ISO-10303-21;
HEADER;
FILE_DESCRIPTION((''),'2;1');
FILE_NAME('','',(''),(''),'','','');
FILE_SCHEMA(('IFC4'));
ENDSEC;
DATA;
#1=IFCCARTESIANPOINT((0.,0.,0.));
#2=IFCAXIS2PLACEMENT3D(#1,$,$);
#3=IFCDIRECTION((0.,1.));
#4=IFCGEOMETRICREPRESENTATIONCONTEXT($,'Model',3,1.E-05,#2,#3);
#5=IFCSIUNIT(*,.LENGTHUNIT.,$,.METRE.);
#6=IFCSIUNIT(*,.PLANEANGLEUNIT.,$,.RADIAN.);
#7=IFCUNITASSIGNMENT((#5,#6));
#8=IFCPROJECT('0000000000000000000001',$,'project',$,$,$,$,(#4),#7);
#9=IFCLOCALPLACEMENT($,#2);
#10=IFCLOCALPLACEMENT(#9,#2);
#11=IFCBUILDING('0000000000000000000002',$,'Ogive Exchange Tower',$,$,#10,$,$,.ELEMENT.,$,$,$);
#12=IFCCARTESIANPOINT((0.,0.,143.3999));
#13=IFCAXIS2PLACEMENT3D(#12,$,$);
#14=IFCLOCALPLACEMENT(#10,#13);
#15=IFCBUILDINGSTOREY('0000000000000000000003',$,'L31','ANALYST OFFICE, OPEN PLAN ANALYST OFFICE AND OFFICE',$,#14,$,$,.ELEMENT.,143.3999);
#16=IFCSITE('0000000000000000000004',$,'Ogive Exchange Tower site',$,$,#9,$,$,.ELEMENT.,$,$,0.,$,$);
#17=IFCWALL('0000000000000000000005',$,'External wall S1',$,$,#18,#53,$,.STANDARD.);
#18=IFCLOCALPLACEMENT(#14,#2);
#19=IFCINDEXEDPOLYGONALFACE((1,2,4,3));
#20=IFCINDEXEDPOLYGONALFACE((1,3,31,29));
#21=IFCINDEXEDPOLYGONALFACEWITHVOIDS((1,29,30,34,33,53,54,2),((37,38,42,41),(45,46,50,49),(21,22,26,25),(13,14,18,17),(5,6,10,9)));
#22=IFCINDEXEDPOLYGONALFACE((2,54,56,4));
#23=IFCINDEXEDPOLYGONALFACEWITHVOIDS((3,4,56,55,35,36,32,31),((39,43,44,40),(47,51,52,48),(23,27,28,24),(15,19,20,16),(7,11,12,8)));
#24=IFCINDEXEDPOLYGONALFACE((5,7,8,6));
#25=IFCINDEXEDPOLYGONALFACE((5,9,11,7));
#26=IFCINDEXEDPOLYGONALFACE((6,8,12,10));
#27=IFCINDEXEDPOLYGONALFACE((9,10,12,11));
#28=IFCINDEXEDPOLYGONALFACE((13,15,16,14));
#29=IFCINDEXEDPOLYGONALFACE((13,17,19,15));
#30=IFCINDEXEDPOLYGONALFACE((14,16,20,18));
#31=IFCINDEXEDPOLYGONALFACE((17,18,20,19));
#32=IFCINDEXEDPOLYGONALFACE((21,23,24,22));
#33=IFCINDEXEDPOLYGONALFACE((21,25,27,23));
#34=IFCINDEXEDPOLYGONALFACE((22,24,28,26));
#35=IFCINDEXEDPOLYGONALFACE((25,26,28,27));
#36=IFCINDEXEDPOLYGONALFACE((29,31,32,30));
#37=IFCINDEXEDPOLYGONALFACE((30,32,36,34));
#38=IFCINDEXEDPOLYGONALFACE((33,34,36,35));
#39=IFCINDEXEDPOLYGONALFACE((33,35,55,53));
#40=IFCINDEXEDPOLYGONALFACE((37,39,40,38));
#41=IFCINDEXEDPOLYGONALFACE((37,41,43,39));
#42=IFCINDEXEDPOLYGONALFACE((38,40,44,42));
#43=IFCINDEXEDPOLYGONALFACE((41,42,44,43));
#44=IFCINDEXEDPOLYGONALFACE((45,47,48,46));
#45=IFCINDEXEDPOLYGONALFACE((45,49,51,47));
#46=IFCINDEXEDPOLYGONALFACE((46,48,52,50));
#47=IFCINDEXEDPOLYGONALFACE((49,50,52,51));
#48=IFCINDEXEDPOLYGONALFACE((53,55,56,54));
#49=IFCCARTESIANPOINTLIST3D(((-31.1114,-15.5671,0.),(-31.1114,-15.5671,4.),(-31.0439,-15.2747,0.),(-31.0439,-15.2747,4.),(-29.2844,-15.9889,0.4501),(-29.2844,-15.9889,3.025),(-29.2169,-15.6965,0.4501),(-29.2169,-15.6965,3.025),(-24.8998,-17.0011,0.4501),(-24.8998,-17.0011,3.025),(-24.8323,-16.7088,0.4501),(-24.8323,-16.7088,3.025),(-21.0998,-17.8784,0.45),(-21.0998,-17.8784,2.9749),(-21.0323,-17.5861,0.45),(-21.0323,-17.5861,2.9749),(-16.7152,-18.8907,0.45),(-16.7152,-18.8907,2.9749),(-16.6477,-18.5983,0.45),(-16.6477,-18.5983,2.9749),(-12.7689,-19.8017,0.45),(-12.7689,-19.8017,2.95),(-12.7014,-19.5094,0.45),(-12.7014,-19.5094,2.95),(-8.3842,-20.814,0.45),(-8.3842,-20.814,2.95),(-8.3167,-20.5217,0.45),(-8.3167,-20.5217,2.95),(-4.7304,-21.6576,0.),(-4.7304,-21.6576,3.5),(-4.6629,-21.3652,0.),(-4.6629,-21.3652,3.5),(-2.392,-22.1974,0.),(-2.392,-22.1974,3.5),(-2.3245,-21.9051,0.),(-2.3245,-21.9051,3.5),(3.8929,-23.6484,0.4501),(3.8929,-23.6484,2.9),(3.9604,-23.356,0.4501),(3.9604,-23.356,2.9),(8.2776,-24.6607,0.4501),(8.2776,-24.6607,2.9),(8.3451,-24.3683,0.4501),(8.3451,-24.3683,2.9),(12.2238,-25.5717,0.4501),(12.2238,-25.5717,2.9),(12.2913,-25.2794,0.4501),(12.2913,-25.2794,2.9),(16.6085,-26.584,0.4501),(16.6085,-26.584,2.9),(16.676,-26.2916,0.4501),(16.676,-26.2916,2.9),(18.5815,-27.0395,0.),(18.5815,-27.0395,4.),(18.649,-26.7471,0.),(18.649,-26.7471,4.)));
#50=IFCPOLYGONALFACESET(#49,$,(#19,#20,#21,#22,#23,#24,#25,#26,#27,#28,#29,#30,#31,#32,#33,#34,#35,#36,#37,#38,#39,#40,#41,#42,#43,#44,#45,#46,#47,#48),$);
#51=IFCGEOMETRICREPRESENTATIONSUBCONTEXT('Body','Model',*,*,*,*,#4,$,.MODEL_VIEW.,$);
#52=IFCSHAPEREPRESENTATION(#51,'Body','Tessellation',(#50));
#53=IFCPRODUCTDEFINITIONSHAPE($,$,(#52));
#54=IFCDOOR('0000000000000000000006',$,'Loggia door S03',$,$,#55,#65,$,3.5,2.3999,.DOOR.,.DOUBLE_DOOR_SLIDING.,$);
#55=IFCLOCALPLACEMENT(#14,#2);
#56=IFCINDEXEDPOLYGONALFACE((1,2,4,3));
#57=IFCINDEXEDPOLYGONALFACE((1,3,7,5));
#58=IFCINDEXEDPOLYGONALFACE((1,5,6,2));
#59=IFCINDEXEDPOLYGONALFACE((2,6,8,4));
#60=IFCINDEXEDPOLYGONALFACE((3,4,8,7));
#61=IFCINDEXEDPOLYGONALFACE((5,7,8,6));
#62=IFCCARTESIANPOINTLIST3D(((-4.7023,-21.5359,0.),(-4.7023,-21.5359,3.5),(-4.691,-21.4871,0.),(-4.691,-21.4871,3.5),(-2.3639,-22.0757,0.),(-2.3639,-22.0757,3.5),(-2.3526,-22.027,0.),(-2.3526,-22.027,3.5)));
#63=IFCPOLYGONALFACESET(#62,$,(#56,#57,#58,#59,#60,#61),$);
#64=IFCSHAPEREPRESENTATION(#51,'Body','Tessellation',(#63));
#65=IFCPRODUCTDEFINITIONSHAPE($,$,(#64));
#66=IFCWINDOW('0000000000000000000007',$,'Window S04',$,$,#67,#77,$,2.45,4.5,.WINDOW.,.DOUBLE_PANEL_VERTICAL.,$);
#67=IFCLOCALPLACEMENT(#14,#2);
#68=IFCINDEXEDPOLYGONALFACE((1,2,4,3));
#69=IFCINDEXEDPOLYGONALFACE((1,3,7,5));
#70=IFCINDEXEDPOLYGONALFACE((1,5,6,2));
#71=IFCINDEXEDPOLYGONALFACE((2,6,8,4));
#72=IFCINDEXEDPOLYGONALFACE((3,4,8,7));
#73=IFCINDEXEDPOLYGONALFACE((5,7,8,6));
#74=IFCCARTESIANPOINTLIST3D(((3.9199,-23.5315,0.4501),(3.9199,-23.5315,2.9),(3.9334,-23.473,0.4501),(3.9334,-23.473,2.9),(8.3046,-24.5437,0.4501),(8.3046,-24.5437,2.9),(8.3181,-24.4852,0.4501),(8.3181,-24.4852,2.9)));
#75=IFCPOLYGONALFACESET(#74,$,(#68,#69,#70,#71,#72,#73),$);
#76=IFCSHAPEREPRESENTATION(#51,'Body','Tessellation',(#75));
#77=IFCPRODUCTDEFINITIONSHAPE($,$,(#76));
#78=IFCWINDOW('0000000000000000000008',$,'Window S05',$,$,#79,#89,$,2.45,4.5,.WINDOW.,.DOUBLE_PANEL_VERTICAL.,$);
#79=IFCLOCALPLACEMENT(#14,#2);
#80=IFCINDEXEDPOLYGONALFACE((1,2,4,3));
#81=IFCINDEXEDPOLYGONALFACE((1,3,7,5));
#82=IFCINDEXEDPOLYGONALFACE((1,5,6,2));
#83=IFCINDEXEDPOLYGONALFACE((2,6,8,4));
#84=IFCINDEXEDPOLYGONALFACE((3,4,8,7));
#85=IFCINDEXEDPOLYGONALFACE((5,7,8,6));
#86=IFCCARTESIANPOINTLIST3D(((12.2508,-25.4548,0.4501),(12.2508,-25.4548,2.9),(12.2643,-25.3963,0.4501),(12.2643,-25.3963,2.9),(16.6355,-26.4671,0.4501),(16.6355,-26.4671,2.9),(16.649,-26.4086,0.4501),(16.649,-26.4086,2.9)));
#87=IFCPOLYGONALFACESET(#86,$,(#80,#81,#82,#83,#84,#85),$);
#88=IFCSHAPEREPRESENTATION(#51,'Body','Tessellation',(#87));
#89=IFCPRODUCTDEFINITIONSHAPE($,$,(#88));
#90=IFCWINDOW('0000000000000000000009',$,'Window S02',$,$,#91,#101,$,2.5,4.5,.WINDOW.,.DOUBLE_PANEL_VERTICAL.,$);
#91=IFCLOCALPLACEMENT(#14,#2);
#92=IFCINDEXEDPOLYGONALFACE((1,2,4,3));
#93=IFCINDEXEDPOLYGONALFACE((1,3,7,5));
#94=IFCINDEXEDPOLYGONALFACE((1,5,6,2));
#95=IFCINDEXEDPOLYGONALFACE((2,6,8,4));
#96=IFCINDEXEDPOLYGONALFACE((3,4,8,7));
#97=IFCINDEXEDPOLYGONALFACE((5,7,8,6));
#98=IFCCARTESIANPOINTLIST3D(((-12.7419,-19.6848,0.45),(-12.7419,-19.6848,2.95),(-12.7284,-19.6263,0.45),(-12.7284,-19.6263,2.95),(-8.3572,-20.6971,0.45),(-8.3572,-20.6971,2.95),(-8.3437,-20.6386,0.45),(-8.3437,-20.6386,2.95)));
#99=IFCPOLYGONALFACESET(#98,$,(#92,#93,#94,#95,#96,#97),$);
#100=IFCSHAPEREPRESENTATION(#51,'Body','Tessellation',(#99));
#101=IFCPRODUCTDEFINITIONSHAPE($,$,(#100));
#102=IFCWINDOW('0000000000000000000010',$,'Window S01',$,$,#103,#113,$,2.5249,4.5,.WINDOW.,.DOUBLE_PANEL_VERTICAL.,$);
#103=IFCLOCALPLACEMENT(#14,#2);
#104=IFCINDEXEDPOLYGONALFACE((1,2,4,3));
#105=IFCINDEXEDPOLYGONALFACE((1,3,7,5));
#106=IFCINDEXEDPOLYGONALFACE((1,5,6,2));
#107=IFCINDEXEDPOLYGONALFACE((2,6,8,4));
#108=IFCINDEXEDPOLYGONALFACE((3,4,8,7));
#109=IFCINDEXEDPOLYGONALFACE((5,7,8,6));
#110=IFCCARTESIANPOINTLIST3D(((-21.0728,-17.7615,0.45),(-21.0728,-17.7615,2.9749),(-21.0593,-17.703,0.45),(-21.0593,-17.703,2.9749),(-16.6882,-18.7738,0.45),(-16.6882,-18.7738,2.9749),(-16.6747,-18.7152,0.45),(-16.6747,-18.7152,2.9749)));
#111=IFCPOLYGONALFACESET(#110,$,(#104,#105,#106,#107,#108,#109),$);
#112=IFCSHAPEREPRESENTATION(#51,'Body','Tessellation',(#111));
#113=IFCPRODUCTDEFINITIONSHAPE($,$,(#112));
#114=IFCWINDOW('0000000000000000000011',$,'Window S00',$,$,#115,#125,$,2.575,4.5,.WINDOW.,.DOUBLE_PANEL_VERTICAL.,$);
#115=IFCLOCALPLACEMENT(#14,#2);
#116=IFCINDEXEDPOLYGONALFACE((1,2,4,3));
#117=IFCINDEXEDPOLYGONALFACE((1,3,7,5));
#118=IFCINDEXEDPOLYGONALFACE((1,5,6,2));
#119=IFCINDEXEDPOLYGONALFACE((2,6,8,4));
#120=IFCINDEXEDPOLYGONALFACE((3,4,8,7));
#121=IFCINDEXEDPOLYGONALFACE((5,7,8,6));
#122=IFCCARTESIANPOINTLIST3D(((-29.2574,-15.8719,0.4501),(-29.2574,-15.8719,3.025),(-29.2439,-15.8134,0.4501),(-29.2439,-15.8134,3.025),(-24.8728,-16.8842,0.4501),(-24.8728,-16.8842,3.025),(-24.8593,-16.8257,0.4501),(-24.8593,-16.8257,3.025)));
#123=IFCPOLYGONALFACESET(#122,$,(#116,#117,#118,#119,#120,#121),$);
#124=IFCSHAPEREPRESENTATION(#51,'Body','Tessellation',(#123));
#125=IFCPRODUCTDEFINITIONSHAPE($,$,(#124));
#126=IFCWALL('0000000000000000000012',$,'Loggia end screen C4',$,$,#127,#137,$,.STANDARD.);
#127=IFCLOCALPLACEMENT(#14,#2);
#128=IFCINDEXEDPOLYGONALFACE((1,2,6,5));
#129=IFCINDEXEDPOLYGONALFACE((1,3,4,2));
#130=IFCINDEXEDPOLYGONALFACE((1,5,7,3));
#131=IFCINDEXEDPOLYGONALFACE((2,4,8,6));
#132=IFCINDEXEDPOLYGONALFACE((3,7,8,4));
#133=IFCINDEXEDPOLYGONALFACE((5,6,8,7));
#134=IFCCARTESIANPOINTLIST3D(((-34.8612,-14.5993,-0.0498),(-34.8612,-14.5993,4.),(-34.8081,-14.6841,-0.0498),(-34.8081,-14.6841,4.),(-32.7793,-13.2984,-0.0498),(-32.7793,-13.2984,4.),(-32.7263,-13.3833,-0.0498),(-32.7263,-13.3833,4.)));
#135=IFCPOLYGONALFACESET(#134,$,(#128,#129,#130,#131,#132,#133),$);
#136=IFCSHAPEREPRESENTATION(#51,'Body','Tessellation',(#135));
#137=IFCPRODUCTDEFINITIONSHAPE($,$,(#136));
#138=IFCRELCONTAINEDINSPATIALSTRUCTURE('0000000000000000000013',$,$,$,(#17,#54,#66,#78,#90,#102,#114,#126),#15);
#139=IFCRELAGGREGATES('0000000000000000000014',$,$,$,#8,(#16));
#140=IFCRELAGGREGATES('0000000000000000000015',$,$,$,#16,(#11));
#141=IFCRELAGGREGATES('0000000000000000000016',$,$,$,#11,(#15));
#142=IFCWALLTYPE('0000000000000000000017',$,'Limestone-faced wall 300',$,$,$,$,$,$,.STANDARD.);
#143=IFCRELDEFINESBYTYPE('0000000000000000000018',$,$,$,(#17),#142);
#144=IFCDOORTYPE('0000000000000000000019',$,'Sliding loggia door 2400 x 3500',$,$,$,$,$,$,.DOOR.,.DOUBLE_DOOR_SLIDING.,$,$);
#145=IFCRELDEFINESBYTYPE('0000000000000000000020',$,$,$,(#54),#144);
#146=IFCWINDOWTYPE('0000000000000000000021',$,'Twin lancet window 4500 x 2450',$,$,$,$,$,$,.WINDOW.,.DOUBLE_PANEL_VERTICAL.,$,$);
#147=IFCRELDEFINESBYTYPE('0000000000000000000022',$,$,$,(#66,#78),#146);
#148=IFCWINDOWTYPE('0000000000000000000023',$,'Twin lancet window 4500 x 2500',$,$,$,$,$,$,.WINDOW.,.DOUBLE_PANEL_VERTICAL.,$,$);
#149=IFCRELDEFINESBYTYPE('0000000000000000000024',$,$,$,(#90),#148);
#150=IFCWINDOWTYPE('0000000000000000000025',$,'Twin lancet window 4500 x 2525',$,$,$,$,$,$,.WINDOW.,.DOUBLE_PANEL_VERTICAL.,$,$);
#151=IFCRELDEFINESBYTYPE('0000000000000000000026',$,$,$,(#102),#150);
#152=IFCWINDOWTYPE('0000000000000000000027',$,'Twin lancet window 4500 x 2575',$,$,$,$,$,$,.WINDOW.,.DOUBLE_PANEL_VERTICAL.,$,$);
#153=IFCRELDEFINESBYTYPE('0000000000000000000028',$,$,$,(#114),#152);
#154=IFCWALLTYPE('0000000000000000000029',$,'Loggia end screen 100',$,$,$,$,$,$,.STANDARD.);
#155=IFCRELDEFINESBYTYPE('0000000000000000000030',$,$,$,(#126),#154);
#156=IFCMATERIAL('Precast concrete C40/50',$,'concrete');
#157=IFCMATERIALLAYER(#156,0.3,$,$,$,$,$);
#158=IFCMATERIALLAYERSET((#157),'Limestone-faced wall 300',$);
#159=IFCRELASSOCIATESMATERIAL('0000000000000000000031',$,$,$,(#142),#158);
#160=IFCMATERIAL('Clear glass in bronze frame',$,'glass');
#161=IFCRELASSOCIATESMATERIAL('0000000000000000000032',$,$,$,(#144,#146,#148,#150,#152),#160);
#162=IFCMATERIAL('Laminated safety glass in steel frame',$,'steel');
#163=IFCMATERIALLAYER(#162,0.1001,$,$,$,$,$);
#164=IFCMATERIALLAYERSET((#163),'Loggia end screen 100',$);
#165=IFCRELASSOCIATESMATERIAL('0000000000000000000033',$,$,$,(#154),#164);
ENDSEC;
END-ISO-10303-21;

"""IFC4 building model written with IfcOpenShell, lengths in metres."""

from ifc_helpers import new_model, si_unit, direction, frame, frame_2d, origin, place, context, subcontext, project, spatial, rectangle, extrude, material, layer, layer_set, type_object, element, fill, save


model = new_model("IFC4")

# Units and contexts
model_context = context("Model", 3, precision=1e-05, world=origin(), true_north=direction((0.0, 1.0)))
body_context = subcontext(model_context, "Body", "Model", "MODEL_VIEW")
ifc_project = project(units=[si_unit("LENGTHUNIT", "METRE"), si_unit("PLANEANGLEUNIT", "RADIAN")], contexts=[model_context])

# Site, building, storey
site_placement = place(None, origin())
site = spatial("IfcSite", under=ifc_project, at=site_placement, Name="Ogive Exchange Tower site", CompositionType="ELEMENT", RefElevation=0.0)
building_placement = place(site_placement, origin())
building = spatial("IfcBuilding", under=site, at=building_placement, Name="Ogive Exchange Tower", CompositionType="ELEMENT")
storey_placement = place(building_placement, frame((0.0, 0.0, 143.3999)))
storey = spatial("IfcBuildingStorey", under=building, at=storey_placement, Name="L31", Description="ANALYST OFFICE, OPEN PLAN ANALYST OFFICE AND OFFICE", CompositionType="ELEMENT", Elevation=143.3999)

# Wall, openings, door, windows
ifc_material_1 = material(Name="Precast concrete C40/50", Category="concrete")
ifc_layer_1 = layer(ifc_material_1, 0.3)
ifc_layer_set_1 = layer_set([ifc_layer_1], Name="Limestone-faced wall 300")
wall_type_1 = type_object("IfcWallType", Name="Limestone-faced wall 300", PredefinedType="STANDARD", material=ifc_layer_set_1)
wall_1_placement = place(storey_placement, frame((-31.0776, -15.4209, 0.0), z_axis=(0.0, 0.0, 1.0), x_axis=(0.97437, -0.224949, 0.0)))
wall_1 = element("IfcWall", 1, at=wall_1_placement, inside=storey, type_object=wall_type_1, Name="External wall S1", PredefinedType="STANDARD", context=body_context, shape_type="SweptSolid", body=[
    extrude(rectangle(XDim=51.0, YDim=0.3, at=frame_2d((25.5, 0.0))), origin(), (0.0, 0.0, 1.0), 4.0),
])
opening_1_placement = place(wall_1_placement, frame((1.875, 0.0, 0.45)))
opening_1 = element("IfcOpeningElement", 2, at=opening_1_placement, cuts=wall_1, PredefinedType="OPENING", context=body_context, shape_type="SweptSolid", body=[
    extrude(rectangle(XDim=4.5, YDim=2.575, at=frame_2d((2.25, 1.2876))), frame((0.0, 0.1599, 0.0), z_axis=(0.0, -1.0, 0.0), x_axis=(1.0, 0.0, 0.0)), (0.0, 0.0, 1.0), 0.3201),
])
opening_2_placement = place(wall_1_placement, frame((10.2749, 0.0, 0.45)))
opening_2 = element("IfcOpeningElement", 3, at=opening_2_placement, cuts=wall_1, PredefinedType="OPENING", context=body_context, shape_type="SweptSolid", body=[
    extrude(rectangle(XDim=4.5, YDim=2.5249, at=frame_2d((2.25, 1.2625))), frame((0.0, 0.1599, 0.0), z_axis=(0.0, -1.0, 0.0), x_axis=(1.0, 0.0, 0.0)), (0.0, 0.0, 1.0), 0.3201),
])
opening_3_placement = place(wall_1_placement, frame((18.825, 0.0, 0.45)))
opening_3 = element("IfcOpeningElement", 4, at=opening_3_placement, cuts=wall_1, PredefinedType="OPENING", context=body_context, shape_type="SweptSolid", body=[
    extrude(rectangle(XDim=4.5, YDim=2.5, at=frame_2d((2.25, 1.25))), frame((0.0, 0.1599, 0.0), z_axis=(0.0, -1.0, 0.0), x_axis=(1.0, 0.0, 0.0)), (0.0, 0.0, 1.0), 0.3201),
])
opening_4_placement = place(wall_1_placement, frame((27.075, 0.0, 0.0)))
opening_4 = element("IfcOpeningElement", 5, at=opening_4_placement, cuts=wall_1, PredefinedType="OPENING", context=body_context, shape_type="SweptSolid", body=[
    extrude(rectangle(XDim=2.3999, YDim=3.5, at=frame_2d((1.2, 1.75))), frame((0.0, 0.1599, 0.0), z_axis=(0.0, -1.0, 0.0), x_axis=(1.0, 0.0, 0.0)), (0.0, 0.0, 1.0), 0.3201),
])
opening_5_placement = place(wall_1_placement, frame((35.925, 0.0, 0.45)))
opening_5 = element("IfcOpeningElement", 6, at=opening_5_placement, cuts=wall_1, PredefinedType="OPENING", context=body_context, shape_type="SweptSolid", body=[
    extrude(rectangle(XDim=4.5, YDim=2.45, at=frame_2d((2.25, 1.2251))), frame((0.0, 0.1599, 0.0), z_axis=(0.0, -1.0, 0.0), x_axis=(1.0, 0.0, 0.0)), (0.0, 0.0, 1.0), 0.3201),
])
opening_6_placement = place(wall_1_placement, frame((44.4751, 0.0, 0.45)))
opening_6 = element("IfcOpeningElement", 7, at=opening_6_placement, cuts=wall_1, PredefinedType="OPENING", context=body_context, shape_type="SweptSolid", body=[
    extrude(rectangle(XDim=4.5, YDim=2.45, at=frame_2d((2.25, 1.2251))), frame((0.0, 0.1599, 0.0), z_axis=(0.0, -1.0, 0.0), x_axis=(1.0, 0.0, 0.0)), (0.0, 0.0, 1.0), 0.3201),
])
ifc_material_2 = material(Name="Clear glass in bronze frame", Category="glass")
door_type_1 = type_object("IfcDoorType", Name="Sliding loggia door 2400 x 3500", OperationType="DOUBLE_DOOR_SLIDING", PredefinedType="DOOR", material=ifc_material_2)
door_1_placement = place(opening_4_placement, origin())
door_1 = element("IfcDoor", 8, at=door_1_placement, inside=storey, type_object=door_type_1, Name="Loggia door S03", OperationType="DOUBLE_DOOR_SLIDING", OverallHeight=3.5, OverallWidth=2.3999, PredefinedType="DOOR", context=body_context, shape_type="SweptSolid", body=[
    extrude(rectangle(XDim=2.3999, YDim=3.5, at=frame_2d((1.2, 1.75))), frame((0.0, 0.0249, 0.0), z_axis=(0.0, -1.0, 0.0), x_axis=(1.0, 0.0, 0.0)), (0.0, 0.0, 1.0), 0.05),
])
fill(opening_4, door_1)
window_type_1 = type_object("IfcWindowType", Name="Twin lancet window 4500 x 2450", PartitioningType="DOUBLE_PANEL_VERTICAL", PredefinedType="WINDOW", material=ifc_material_2)
window_1_placement = place(opening_5_placement, origin())
window_1 = element("IfcWindow", 9, at=window_1_placement, inside=storey, type_object=window_type_1, Name="Window S04", OverallHeight=2.45, OverallWidth=4.5, PartitioningType="DOUBLE_PANEL_VERTICAL", PredefinedType="WINDOW", context=body_context, shape_type="SweptSolid", body=[
    extrude(rectangle(XDim=4.5, YDim=2.45, at=frame_2d((2.25, 1.2251))), frame((0.0, 0.03, 0.0), z_axis=(0.0, -1.0, 0.0), x_axis=(1.0, 0.0, 0.0)), (0.0, 0.0, 1.0), 0.0601),
])
fill(opening_5, window_1)
window_2_placement = place(opening_6_placement, origin())
window_2 = element("IfcWindow", 10, at=window_2_placement, inside=storey, type_object=window_type_1, Name="Window S05", OverallHeight=2.45, OverallWidth=4.5, PartitioningType="DOUBLE_PANEL_VERTICAL", PredefinedType="WINDOW", context=body_context, shape_type="SweptSolid", body=[
    extrude(rectangle(XDim=4.5, YDim=2.45, at=frame_2d((2.25, 1.2251))), frame((0.0, 0.03, 0.0), z_axis=(0.0, -1.0, 0.0), x_axis=(1.0, 0.0, 0.0)), (0.0, 0.0, 1.0), 0.0601),
])
fill(opening_6, window_2)
window_type_2 = type_object("IfcWindowType", Name="Twin lancet window 4500 x 2500", PartitioningType="DOUBLE_PANEL_VERTICAL", PredefinedType="WINDOW", material=ifc_material_2)
window_3_placement = place(opening_3_placement, origin())
window_3 = element("IfcWindow", 11, at=window_3_placement, inside=storey, type_object=window_type_2, Name="Window S02", OverallHeight=2.5, OverallWidth=4.5, PartitioningType="DOUBLE_PANEL_VERTICAL", PredefinedType="WINDOW", context=body_context, shape_type="SweptSolid", body=[
    extrude(rectangle(XDim=4.5, YDim=2.5, at=frame_2d((2.25, 1.25))), frame((0.0, 0.03, 0.0), z_axis=(0.0, -1.0, 0.0), x_axis=(1.0, 0.0, 0.0)), (0.0, 0.0, 1.0), 0.0601),
])
fill(opening_3, window_3)
window_type_3 = type_object("IfcWindowType", Name="Twin lancet window 4500 x 2525", PartitioningType="DOUBLE_PANEL_VERTICAL", PredefinedType="WINDOW", material=ifc_material_2)
window_4_placement = place(opening_2_placement, origin())
window_4 = element("IfcWindow", 12, at=window_4_placement, inside=storey, type_object=window_type_3, Name="Window S01", OverallHeight=2.5249, OverallWidth=4.5, PartitioningType="DOUBLE_PANEL_VERTICAL", PredefinedType="WINDOW", context=body_context, shape_type="SweptSolid", body=[
    extrude(rectangle(XDim=4.5, YDim=2.5249, at=frame_2d((2.25, 1.2625))), frame((0.0, 0.03, 0.0), z_axis=(0.0, -1.0, 0.0), x_axis=(1.0, 0.0, 0.0)), (0.0, 0.0, 1.0), 0.0601),
])
fill(opening_2, window_4)
window_type_4 = type_object("IfcWindowType", Name="Twin lancet window 4500 x 2575", PartitioningType="DOUBLE_PANEL_VERTICAL", PredefinedType="WINDOW", material=ifc_material_2)
window_5_placement = place(opening_1_placement, origin())
window_5 = element("IfcWindow", 13, at=window_5_placement, inside=storey, type_object=window_type_4, Name="Window S00", OverallHeight=2.575, OverallWidth=4.5, PartitioningType="DOUBLE_PANEL_VERTICAL", PredefinedType="WINDOW", context=body_context, shape_type="SweptSolid", body=[
    extrude(rectangle(XDim=4.5, YDim=2.575, at=frame_2d((2.25, 1.2876))), frame((0.0, 0.03, 0.0), z_axis=(0.0, -1.0, 0.0), x_axis=(1.0, 0.0, 0.0)), (0.0, 0.0, 1.0), 0.0601),
])
fill(opening_1, window_5)

# Wall
ifc_material_3 = material(Name="Laminated safety glass in steel frame", Category="steel")
ifc_layer_2 = layer(ifc_material_3, 0.1001)
ifc_layer_set_2 = layer_set([ifc_layer_2], Name="Loggia end screen 100")
wall_type_2 = type_object("IfcWallType", Name="Loggia end screen 100", PredefinedType="STANDARD", material=ifc_layer_set_2)
wall_2_placement = place(storey_placement, frame((-32.7527, -13.3408, -0.0498), z_axis=(0.0, 0.0, 1.0), x_axis=(-0.84806, -0.529901, 0.0)))
element("IfcWall", 14, at=wall_2_placement, inside=storey, type_object=wall_type_2, Name="Loggia end screen C4", PredefinedType="STANDARD", context=body_context, shape_type="SweptSolid", body=[
    extrude(rectangle(XDim=2.4548, YDim=0.1001, at=frame_2d((1.2275, 0.0))), origin(), (0.0, 0.0, 1.0), 4.0498),
])

save(model, "model.ifc")
